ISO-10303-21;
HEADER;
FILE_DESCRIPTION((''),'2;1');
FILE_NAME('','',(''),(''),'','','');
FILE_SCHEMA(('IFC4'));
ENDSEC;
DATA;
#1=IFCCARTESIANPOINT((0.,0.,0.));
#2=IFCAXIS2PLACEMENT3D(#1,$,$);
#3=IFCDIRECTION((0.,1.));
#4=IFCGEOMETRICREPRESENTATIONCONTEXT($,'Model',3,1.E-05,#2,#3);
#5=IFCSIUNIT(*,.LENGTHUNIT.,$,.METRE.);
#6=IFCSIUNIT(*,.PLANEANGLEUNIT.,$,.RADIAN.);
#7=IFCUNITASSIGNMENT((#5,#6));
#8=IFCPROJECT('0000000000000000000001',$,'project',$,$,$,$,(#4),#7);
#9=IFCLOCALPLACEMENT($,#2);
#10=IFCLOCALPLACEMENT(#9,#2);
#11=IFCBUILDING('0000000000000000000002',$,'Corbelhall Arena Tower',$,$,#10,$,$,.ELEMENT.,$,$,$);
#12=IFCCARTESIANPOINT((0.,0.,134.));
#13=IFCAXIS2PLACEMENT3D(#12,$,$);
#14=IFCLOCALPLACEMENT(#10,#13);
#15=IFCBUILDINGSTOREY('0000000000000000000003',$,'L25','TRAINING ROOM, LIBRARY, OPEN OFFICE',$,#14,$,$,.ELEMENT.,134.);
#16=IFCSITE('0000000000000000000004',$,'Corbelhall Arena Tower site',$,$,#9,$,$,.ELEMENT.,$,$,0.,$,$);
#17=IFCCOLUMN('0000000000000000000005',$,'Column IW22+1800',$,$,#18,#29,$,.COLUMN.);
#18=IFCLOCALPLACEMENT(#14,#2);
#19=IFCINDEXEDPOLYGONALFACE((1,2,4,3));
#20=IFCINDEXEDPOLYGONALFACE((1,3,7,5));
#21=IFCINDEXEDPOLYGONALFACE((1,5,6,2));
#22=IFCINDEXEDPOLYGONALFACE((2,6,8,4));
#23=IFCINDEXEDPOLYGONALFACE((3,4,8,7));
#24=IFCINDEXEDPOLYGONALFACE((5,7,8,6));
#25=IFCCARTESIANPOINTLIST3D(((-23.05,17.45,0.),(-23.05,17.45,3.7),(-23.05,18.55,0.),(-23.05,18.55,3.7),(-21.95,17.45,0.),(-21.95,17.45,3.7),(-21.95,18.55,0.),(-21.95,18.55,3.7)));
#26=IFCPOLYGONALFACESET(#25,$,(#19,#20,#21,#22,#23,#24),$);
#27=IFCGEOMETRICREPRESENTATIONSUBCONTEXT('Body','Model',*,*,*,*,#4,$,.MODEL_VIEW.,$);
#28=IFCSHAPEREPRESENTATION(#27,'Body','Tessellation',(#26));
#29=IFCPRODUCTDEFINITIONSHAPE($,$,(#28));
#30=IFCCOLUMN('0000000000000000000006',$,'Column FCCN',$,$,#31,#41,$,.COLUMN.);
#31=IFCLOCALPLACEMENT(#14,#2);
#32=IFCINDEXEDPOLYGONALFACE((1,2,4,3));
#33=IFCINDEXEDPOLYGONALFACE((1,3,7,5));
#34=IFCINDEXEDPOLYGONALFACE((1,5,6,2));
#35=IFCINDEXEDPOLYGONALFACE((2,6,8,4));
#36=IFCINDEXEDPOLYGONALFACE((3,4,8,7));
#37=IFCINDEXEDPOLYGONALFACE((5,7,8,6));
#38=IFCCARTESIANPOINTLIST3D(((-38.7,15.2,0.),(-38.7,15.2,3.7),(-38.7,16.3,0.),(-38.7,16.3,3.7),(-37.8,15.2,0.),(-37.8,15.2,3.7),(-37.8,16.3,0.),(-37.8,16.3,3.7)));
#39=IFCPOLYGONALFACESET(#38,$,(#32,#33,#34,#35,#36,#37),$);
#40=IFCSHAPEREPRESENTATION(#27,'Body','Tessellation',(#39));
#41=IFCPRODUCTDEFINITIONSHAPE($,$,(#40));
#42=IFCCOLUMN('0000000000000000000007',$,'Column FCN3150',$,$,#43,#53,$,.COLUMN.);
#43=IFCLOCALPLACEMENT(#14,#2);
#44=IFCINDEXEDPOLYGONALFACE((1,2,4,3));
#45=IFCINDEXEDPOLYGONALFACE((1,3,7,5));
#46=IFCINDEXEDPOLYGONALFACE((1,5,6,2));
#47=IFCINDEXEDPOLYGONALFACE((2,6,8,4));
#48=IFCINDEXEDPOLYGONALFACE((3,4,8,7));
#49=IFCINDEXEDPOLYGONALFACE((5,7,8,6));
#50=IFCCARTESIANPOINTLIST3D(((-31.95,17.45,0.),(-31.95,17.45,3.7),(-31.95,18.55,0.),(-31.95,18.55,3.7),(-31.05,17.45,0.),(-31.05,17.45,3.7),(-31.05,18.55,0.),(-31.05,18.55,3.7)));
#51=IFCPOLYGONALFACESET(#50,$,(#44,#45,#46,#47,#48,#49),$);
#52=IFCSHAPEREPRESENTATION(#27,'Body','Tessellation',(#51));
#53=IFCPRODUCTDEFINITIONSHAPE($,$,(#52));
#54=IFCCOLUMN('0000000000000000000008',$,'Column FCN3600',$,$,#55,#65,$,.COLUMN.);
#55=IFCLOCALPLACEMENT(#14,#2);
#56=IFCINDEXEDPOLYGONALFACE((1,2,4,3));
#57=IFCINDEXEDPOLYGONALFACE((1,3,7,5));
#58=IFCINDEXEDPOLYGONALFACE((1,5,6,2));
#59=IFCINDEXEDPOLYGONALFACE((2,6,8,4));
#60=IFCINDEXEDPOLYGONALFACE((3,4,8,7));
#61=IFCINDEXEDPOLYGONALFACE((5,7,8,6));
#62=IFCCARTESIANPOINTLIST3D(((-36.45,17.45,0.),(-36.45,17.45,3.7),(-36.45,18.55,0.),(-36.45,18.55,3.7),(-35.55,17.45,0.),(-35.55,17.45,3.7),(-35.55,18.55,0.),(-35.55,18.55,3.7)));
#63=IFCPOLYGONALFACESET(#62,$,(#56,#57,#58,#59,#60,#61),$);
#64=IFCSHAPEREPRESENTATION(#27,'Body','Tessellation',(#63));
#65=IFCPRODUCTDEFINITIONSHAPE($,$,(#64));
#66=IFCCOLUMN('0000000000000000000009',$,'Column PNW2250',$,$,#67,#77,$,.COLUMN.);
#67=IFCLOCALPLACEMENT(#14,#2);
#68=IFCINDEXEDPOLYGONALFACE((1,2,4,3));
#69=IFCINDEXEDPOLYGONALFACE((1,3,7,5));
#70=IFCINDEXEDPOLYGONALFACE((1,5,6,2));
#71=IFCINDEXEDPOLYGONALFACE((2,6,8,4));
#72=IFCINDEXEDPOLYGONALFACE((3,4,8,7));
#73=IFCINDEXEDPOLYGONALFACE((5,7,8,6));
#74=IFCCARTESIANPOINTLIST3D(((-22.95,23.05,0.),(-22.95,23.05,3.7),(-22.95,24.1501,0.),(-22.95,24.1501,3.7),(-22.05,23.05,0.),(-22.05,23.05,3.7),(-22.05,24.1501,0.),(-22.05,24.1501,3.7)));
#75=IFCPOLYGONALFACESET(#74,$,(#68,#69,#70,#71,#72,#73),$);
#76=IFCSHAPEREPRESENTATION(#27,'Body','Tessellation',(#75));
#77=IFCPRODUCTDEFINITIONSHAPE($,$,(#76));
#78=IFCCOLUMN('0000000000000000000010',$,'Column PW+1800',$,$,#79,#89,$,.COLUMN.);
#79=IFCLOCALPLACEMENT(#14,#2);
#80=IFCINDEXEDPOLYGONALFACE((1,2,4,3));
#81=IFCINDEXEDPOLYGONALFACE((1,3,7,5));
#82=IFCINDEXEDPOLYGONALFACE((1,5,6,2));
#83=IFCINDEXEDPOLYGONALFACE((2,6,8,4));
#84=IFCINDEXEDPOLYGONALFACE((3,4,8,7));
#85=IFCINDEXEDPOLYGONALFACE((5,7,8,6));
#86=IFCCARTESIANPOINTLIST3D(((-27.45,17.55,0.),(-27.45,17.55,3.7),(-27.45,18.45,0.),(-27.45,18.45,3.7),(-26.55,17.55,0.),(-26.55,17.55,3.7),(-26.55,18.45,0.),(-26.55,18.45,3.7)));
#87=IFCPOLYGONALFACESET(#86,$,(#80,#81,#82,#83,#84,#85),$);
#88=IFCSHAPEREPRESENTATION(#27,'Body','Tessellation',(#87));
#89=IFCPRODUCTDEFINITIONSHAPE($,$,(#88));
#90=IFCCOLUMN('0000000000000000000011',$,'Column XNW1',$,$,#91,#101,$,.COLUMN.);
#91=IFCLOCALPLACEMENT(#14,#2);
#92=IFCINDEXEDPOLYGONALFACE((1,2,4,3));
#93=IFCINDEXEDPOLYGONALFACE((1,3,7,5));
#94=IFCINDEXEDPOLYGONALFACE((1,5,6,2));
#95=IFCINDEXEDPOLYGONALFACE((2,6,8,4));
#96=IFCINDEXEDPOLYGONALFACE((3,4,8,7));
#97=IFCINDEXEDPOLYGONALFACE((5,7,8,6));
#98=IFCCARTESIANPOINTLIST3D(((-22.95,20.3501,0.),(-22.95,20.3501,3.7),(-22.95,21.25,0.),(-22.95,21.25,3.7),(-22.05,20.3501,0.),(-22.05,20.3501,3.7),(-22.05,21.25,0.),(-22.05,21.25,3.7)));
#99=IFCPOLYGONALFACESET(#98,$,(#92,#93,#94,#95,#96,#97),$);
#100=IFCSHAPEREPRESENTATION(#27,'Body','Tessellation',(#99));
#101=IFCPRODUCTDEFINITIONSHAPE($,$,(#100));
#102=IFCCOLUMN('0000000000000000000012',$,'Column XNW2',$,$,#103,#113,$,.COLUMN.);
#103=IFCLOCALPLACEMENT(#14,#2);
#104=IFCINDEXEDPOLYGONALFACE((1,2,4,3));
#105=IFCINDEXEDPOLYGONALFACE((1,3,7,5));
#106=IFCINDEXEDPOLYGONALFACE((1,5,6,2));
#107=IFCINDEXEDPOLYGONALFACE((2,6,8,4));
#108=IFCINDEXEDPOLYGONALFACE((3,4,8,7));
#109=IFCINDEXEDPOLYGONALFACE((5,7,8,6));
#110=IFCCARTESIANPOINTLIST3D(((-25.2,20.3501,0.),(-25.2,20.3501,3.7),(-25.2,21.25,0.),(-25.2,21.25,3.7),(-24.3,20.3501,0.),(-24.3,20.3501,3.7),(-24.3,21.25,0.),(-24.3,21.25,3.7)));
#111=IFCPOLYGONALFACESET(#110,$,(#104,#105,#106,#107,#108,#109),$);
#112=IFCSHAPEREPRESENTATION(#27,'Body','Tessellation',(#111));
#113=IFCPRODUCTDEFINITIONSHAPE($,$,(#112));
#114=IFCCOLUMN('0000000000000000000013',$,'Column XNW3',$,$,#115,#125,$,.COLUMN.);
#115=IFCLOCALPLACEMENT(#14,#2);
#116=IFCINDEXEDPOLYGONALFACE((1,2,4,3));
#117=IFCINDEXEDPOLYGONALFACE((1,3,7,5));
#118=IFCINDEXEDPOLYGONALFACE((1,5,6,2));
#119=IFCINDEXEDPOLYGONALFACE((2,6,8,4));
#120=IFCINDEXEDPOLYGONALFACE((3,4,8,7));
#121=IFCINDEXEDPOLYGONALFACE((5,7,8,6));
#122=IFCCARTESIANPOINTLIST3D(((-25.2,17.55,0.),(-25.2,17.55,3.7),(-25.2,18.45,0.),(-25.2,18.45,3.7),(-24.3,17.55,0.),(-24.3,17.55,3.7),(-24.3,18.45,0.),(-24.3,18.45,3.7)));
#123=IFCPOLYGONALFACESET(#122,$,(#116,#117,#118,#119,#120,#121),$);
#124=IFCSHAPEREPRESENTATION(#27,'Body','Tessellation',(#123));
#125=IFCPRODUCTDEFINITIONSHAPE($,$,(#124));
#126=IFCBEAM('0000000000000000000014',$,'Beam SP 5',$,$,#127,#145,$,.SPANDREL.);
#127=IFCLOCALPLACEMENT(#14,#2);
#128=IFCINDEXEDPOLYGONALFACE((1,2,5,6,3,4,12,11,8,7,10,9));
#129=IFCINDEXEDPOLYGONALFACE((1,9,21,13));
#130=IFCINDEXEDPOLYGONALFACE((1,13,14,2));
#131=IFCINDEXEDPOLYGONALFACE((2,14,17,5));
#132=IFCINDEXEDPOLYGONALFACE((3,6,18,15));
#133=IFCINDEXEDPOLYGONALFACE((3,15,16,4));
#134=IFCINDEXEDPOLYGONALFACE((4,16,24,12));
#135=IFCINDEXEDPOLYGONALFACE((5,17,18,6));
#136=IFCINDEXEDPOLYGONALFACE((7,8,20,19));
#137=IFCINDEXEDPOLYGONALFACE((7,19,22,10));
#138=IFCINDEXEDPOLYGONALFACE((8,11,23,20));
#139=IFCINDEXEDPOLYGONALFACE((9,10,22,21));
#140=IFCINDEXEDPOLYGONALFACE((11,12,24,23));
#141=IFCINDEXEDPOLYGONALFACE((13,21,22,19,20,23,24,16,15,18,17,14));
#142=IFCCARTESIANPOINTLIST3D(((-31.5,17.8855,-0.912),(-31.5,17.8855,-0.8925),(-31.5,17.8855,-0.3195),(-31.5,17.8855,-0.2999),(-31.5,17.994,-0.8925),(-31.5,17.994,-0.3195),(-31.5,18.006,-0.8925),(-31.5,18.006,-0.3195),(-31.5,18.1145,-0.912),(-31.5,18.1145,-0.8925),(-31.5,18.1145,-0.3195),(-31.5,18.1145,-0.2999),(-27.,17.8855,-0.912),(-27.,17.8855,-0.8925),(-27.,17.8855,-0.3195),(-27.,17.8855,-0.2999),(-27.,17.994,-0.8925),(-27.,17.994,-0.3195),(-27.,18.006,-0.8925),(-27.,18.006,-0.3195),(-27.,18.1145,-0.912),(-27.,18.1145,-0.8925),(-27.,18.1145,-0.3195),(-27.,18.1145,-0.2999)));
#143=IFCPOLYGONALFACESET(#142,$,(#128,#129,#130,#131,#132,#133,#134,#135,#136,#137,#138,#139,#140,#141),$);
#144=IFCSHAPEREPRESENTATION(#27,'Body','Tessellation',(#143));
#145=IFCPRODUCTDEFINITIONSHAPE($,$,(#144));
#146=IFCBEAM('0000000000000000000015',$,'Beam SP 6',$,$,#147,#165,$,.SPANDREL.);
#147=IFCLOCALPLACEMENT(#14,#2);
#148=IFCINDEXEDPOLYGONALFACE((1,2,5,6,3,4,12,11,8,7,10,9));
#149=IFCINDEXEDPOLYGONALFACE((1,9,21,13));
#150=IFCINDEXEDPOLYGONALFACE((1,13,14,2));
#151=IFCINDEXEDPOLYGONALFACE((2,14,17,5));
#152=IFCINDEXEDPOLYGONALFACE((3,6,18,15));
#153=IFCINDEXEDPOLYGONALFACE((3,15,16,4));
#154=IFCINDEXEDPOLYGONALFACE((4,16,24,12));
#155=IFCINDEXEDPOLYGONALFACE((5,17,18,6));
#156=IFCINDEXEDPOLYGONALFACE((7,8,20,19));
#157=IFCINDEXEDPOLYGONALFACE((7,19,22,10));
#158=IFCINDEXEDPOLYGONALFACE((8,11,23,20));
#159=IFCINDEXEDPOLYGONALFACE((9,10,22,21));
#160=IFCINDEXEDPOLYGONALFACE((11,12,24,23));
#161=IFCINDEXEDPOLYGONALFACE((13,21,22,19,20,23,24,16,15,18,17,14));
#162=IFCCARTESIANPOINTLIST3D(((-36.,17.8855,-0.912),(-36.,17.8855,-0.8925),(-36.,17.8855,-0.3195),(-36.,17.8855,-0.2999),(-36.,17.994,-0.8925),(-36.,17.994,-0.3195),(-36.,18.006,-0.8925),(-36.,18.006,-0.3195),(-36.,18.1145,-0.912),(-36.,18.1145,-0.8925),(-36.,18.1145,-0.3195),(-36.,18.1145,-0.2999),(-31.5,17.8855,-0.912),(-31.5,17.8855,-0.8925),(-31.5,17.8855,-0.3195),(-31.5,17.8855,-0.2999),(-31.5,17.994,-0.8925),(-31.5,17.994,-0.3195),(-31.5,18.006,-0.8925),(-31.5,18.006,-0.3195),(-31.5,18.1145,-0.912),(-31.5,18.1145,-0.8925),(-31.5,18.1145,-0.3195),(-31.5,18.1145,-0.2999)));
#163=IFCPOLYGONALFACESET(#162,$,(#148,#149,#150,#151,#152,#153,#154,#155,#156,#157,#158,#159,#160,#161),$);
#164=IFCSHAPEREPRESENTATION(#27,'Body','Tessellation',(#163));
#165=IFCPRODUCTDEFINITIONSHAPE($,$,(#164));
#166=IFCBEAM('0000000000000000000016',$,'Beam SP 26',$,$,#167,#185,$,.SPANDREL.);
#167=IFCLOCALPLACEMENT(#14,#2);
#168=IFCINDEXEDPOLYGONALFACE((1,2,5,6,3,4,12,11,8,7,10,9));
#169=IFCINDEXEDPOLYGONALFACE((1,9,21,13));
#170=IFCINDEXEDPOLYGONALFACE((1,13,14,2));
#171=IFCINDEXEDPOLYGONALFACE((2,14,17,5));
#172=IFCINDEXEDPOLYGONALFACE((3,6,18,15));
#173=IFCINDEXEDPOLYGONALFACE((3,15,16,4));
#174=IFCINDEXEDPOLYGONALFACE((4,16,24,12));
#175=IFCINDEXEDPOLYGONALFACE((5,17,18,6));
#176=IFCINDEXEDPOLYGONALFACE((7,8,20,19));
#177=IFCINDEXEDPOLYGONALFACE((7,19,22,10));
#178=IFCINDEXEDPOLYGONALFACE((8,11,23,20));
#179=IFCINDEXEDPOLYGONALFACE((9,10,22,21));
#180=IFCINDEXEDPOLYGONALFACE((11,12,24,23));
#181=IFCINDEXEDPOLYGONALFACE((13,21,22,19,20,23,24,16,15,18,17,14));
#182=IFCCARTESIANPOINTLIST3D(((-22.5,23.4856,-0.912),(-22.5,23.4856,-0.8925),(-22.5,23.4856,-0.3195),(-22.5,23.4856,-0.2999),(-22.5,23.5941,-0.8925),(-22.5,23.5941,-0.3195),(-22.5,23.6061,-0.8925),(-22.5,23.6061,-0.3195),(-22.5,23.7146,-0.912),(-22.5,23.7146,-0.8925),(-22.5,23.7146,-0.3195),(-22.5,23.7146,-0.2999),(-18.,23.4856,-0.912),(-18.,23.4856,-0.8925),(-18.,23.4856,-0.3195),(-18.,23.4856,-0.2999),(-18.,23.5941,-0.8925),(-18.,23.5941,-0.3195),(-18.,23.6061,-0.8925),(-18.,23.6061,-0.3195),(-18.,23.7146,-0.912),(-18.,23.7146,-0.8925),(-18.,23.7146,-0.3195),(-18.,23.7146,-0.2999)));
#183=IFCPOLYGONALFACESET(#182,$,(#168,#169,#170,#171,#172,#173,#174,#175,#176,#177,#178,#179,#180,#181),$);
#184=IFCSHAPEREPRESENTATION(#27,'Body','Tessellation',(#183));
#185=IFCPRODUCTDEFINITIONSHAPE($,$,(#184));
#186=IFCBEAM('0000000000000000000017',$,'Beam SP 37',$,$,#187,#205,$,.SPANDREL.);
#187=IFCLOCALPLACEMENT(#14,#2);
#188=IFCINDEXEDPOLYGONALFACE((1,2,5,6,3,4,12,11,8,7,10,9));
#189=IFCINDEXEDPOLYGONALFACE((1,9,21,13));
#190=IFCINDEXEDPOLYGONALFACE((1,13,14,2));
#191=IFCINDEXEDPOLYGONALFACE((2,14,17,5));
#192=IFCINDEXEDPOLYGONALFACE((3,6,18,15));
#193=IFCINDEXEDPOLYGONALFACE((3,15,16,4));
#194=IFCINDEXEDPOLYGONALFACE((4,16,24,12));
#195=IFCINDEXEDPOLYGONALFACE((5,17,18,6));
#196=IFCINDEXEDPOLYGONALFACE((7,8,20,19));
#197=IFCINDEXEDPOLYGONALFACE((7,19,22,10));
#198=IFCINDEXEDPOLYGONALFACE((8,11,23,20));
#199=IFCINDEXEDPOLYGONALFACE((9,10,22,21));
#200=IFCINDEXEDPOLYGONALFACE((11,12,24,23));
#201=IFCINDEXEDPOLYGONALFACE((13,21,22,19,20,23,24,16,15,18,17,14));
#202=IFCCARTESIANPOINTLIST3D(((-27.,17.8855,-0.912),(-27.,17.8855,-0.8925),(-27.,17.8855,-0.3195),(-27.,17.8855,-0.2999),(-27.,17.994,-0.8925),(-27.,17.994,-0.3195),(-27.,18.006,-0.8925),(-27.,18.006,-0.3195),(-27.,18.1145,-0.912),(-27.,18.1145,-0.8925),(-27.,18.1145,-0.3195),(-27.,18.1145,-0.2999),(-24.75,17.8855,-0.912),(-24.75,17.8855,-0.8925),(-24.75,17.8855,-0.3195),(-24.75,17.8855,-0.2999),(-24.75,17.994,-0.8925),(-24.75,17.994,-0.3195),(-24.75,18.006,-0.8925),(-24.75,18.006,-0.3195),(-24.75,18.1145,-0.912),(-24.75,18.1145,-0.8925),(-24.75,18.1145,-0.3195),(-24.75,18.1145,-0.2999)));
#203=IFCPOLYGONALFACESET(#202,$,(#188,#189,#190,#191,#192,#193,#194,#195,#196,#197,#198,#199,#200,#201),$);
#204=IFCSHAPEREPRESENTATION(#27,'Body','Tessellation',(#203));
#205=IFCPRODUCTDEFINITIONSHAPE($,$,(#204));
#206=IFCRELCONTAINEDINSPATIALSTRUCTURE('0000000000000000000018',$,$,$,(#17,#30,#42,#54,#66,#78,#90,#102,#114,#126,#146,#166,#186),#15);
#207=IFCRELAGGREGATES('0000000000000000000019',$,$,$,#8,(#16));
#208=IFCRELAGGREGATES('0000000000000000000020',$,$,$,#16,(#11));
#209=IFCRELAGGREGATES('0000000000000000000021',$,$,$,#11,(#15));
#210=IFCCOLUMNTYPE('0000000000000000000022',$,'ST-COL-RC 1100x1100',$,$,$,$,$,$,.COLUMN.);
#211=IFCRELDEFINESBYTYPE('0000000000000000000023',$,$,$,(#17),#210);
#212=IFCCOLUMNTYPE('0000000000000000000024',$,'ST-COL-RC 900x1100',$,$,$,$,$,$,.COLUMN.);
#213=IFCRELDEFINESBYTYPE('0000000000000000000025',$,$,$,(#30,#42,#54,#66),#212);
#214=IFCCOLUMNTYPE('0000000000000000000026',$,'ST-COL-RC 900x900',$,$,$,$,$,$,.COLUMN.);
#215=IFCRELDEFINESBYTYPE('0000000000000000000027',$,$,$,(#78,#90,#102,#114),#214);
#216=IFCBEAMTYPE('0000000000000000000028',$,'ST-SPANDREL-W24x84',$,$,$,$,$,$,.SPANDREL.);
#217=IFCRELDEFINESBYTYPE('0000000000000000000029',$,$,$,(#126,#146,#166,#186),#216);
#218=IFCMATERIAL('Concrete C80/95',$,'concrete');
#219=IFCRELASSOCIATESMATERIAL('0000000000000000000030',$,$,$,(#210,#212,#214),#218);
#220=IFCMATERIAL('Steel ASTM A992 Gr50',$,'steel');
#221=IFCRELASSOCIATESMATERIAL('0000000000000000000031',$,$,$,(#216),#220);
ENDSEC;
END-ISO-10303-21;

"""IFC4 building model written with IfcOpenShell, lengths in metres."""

from ifc_helpers import new_model, si_unit, direction, frame, origin, origin_2d, place, context, subcontext, project, spatial, rectangle, i_section, extrude, material, material_profile, profile_set, type_object, element, save


model = new_model("IFC4")

# Units and contexts
model_context = context("Model", 3, precision=1e-05, world=origin(), true_north=direction((0.0, 1.0)))
body_context = subcontext(model_context, "Body", "Model", "MODEL_VIEW")
ifc_project = project(units=[si_unit("LENGTHUNIT", "METRE"), si_unit("PLANEANGLEUNIT", "RADIAN")], contexts=[model_context])

# Site, building, storey
site_placement = place(None, origin())
site = spatial("IfcSite", under=ifc_project, at=site_placement, Name="Corbelhall Arena Tower site", CompositionType="ELEMENT", RefElevation=0.0)
building_placement = place(site_placement, origin())
building = spatial("IfcBuilding", under=site, at=building_placement, Name="Corbelhall Arena Tower", CompositionType="ELEMENT")
storey_placement = place(building_placement, frame((0.0, 0.0, 134.0)))
storey = spatial("IfcBuildingStorey", under=building, at=storey_placement, Name="L25", Description="TRAINING ROOM, LIBRARY, OPEN OFFICE", CompositionType="ELEMENT", Elevation=134.0)

# Columns
ifc_material_1 = material(Name="Concrete C80/95", Category="concrete")
ifc_material_profile_1 = material_profile(ifc_material_1, rectangle(XDim=1.1001, YDim=1.1001, at=origin_2d()))
ifc_profile_set_1 = profile_set([ifc_material_profile_1], Name="Concrete C80/95")
column_type_1 = type_object("IfcColumnType", Name="ST-COL-RC 1100x1100", PredefinedType="COLUMN", material=ifc_profile_set_1)
column_placement = place(storey_placement, frame((-22.5, 18.0, 0.0), z_axis=(0.0, 0.0, 1.0), x_axis=(1.0, 0.0, 0.0)))
element("IfcColumn", 1, at=column_placement, inside=storey, type_object=column_type_1, Name="Column IW22+1800", PredefinedType="COLUMN", context=body_context, shape_type="SweptSolid", body=[
    extrude(rectangle(XDim=1.1001, YDim=1.1001, at=origin_2d()), origin(), (0.0, 0.0, 1.0), 3.7),
])
ifc_material_profile_2 = material_profile(ifc_material_1, rectangle(XDim=0.8999, YDim=1.1001, at=origin_2d()))
ifc_profile_set_2 = profile_set([ifc_material_profile_2], Name="Concrete C80/95")
column_type_2 = type_object("IfcColumnType", Name="ST-COL-RC 900x1100", PredefinedType="COLUMN", material=ifc_profile_set_2)
for number, where, z_axis, x_axis, name in (
    (2, (-38.25, 15.75, 0.0), (0.0, 0.0, 1.0), (1.0, 0.0, 0.0), "Column FCCN"),
    (3, (-31.5, 18.0, 0.0), (0.0, 0.0, 1.0), (1.0, 0.0, 0.0), "Column FCN3150"),
    (4, (-36.0, 18.0, 0.0), (0.0, 0.0, 1.0), (1.0, 0.0, 0.0), "Column FCN3600"),
    (5, (-22.5, 23.6001, 0.0), (0.0, 0.0, 1.0), (1.0, 0.0, 0.0), "Column PNW2250"),
):
    element("IfcColumn", number, at=place(storey_placement, frame(where, z_axis=z_axis, x_axis=x_axis)), inside=storey, type_object=column_type_2, Name=name, PredefinedType="COLUMN", context=body_context, shape_type="SweptSolid", body=[
        extrude(rectangle(XDim=0.8999, YDim=1.1001, at=origin_2d()), origin(), (0.0, 0.0, 1.0), 3.7),
    ])
ifc_material_profile_3 = material_profile(ifc_material_1, rectangle(XDim=0.8999, YDim=0.8999, at=origin_2d()))
ifc_profile_set_3 = profile_set([ifc_material_profile_3], Name="Concrete C80/95")
column_type_3 = type_object("IfcColumnType", Name="ST-COL-RC 900x900", PredefinedType="COLUMN", material=ifc_profile_set_3)
for number, where, z_axis, x_axis, name in (
    (6, (-27.0, 18.0, 0.0), (0.0, 0.0, 1.0), (1.0, 0.0, 0.0), "Column PW+1800"),
    (7, (-22.5, 20.8, 0.0), (0.0, 0.0, 1.0), (1.0, 0.0, 0.0), "Column XNW1"),
    (8, (-24.75, 20.8, 0.0), (0.0, 0.0, 1.0), (1.0, 0.0, 0.0), "Column XNW2"),
    (9, (-24.75, 18.0, 0.0), (0.0, 0.0, 1.0), (1.0, 0.0, 0.0), "Column XNW3"),
):
    element("IfcColumn", number, at=place(storey_placement, frame(where, z_axis=z_axis, x_axis=x_axis)), inside=storey, type_object=column_type_3, Name=name, PredefinedType="COLUMN", context=body_context, shape_type="SweptSolid", body=[
        extrude(rectangle(XDim=0.8999, YDim=0.8999, at=origin_2d()), origin(), (0.0, 0.0, 1.0), 3.7),
    ])

# Beams
ifc_material_2 = material(Name="Steel ASTM A992 Gr50", Category="steel")
ifc_material_profile_4 = material_profile(ifc_material_2, i_section(OverallWidth=0.229, OverallDepth=0.6121, WebThickness=0.012, FlangeThickness=0.0195, at=origin_2d()))
ifc_profile_set_4 = profile_set([ifc_material_profile_4], Name="Steel ASTM A992 Gr50")
beam_type = type_object("IfcBeamType", Name="ST-SPANDREL-W24x84", PredefinedType="SPANDREL", material=ifc_profile_set_4)
for number, where, z_axis, x_axis, name in (
    (10, (-31.5, 18.0, -0.606), (1.0, 0.0, 0.0), (0.0, 1.0, 0.0), "Beam SP 5"),
    (11, (-36.0, 18.0, -0.606), (1.0, 0.0, 0.0), (0.0, 1.0, 0.0), "Beam SP 6"),
    (12, (-22.5, 23.6001, -0.606), (1.0, 0.0, 0.0), (0.0, 1.0, 0.0), "Beam SP 26"),
):
    element("IfcBeam", number, at=place(storey_placement, frame(where, z_axis=z_axis, x_axis=x_axis)), inside=storey, type_object=beam_type, Name=name, PredefinedType="SPANDREL", context=body_context, shape_type="SweptSolid", body=[
        extrude(i_section(OverallWidth=0.229, OverallDepth=0.6121, WebThickness=0.012, FlangeThickness=0.0195, at=origin_2d()), origin(), (0.0, 0.0, 1.0), 4.5),
    ])
beam_1_placement = place(storey_placement, frame((-27.0, 18.0, -0.606), z_axis=(1.0, 0.0, 0.0), x_axis=(0.0, 1.0, 0.0)))
element("IfcBeam", 13, at=beam_1_placement, inside=storey, type_object=beam_type, Name="Beam SP 37", PredefinedType="SPANDREL", context=body_context, shape_type="SweptSolid", body=[
    extrude(i_section(OverallWidth=0.229, OverallDepth=0.6121, WebThickness=0.012, FlangeThickness=0.0195, at=origin_2d()), origin(), (0.0, 0.0, 1.0), 2.25),
])

save(model, "model.ifc")
